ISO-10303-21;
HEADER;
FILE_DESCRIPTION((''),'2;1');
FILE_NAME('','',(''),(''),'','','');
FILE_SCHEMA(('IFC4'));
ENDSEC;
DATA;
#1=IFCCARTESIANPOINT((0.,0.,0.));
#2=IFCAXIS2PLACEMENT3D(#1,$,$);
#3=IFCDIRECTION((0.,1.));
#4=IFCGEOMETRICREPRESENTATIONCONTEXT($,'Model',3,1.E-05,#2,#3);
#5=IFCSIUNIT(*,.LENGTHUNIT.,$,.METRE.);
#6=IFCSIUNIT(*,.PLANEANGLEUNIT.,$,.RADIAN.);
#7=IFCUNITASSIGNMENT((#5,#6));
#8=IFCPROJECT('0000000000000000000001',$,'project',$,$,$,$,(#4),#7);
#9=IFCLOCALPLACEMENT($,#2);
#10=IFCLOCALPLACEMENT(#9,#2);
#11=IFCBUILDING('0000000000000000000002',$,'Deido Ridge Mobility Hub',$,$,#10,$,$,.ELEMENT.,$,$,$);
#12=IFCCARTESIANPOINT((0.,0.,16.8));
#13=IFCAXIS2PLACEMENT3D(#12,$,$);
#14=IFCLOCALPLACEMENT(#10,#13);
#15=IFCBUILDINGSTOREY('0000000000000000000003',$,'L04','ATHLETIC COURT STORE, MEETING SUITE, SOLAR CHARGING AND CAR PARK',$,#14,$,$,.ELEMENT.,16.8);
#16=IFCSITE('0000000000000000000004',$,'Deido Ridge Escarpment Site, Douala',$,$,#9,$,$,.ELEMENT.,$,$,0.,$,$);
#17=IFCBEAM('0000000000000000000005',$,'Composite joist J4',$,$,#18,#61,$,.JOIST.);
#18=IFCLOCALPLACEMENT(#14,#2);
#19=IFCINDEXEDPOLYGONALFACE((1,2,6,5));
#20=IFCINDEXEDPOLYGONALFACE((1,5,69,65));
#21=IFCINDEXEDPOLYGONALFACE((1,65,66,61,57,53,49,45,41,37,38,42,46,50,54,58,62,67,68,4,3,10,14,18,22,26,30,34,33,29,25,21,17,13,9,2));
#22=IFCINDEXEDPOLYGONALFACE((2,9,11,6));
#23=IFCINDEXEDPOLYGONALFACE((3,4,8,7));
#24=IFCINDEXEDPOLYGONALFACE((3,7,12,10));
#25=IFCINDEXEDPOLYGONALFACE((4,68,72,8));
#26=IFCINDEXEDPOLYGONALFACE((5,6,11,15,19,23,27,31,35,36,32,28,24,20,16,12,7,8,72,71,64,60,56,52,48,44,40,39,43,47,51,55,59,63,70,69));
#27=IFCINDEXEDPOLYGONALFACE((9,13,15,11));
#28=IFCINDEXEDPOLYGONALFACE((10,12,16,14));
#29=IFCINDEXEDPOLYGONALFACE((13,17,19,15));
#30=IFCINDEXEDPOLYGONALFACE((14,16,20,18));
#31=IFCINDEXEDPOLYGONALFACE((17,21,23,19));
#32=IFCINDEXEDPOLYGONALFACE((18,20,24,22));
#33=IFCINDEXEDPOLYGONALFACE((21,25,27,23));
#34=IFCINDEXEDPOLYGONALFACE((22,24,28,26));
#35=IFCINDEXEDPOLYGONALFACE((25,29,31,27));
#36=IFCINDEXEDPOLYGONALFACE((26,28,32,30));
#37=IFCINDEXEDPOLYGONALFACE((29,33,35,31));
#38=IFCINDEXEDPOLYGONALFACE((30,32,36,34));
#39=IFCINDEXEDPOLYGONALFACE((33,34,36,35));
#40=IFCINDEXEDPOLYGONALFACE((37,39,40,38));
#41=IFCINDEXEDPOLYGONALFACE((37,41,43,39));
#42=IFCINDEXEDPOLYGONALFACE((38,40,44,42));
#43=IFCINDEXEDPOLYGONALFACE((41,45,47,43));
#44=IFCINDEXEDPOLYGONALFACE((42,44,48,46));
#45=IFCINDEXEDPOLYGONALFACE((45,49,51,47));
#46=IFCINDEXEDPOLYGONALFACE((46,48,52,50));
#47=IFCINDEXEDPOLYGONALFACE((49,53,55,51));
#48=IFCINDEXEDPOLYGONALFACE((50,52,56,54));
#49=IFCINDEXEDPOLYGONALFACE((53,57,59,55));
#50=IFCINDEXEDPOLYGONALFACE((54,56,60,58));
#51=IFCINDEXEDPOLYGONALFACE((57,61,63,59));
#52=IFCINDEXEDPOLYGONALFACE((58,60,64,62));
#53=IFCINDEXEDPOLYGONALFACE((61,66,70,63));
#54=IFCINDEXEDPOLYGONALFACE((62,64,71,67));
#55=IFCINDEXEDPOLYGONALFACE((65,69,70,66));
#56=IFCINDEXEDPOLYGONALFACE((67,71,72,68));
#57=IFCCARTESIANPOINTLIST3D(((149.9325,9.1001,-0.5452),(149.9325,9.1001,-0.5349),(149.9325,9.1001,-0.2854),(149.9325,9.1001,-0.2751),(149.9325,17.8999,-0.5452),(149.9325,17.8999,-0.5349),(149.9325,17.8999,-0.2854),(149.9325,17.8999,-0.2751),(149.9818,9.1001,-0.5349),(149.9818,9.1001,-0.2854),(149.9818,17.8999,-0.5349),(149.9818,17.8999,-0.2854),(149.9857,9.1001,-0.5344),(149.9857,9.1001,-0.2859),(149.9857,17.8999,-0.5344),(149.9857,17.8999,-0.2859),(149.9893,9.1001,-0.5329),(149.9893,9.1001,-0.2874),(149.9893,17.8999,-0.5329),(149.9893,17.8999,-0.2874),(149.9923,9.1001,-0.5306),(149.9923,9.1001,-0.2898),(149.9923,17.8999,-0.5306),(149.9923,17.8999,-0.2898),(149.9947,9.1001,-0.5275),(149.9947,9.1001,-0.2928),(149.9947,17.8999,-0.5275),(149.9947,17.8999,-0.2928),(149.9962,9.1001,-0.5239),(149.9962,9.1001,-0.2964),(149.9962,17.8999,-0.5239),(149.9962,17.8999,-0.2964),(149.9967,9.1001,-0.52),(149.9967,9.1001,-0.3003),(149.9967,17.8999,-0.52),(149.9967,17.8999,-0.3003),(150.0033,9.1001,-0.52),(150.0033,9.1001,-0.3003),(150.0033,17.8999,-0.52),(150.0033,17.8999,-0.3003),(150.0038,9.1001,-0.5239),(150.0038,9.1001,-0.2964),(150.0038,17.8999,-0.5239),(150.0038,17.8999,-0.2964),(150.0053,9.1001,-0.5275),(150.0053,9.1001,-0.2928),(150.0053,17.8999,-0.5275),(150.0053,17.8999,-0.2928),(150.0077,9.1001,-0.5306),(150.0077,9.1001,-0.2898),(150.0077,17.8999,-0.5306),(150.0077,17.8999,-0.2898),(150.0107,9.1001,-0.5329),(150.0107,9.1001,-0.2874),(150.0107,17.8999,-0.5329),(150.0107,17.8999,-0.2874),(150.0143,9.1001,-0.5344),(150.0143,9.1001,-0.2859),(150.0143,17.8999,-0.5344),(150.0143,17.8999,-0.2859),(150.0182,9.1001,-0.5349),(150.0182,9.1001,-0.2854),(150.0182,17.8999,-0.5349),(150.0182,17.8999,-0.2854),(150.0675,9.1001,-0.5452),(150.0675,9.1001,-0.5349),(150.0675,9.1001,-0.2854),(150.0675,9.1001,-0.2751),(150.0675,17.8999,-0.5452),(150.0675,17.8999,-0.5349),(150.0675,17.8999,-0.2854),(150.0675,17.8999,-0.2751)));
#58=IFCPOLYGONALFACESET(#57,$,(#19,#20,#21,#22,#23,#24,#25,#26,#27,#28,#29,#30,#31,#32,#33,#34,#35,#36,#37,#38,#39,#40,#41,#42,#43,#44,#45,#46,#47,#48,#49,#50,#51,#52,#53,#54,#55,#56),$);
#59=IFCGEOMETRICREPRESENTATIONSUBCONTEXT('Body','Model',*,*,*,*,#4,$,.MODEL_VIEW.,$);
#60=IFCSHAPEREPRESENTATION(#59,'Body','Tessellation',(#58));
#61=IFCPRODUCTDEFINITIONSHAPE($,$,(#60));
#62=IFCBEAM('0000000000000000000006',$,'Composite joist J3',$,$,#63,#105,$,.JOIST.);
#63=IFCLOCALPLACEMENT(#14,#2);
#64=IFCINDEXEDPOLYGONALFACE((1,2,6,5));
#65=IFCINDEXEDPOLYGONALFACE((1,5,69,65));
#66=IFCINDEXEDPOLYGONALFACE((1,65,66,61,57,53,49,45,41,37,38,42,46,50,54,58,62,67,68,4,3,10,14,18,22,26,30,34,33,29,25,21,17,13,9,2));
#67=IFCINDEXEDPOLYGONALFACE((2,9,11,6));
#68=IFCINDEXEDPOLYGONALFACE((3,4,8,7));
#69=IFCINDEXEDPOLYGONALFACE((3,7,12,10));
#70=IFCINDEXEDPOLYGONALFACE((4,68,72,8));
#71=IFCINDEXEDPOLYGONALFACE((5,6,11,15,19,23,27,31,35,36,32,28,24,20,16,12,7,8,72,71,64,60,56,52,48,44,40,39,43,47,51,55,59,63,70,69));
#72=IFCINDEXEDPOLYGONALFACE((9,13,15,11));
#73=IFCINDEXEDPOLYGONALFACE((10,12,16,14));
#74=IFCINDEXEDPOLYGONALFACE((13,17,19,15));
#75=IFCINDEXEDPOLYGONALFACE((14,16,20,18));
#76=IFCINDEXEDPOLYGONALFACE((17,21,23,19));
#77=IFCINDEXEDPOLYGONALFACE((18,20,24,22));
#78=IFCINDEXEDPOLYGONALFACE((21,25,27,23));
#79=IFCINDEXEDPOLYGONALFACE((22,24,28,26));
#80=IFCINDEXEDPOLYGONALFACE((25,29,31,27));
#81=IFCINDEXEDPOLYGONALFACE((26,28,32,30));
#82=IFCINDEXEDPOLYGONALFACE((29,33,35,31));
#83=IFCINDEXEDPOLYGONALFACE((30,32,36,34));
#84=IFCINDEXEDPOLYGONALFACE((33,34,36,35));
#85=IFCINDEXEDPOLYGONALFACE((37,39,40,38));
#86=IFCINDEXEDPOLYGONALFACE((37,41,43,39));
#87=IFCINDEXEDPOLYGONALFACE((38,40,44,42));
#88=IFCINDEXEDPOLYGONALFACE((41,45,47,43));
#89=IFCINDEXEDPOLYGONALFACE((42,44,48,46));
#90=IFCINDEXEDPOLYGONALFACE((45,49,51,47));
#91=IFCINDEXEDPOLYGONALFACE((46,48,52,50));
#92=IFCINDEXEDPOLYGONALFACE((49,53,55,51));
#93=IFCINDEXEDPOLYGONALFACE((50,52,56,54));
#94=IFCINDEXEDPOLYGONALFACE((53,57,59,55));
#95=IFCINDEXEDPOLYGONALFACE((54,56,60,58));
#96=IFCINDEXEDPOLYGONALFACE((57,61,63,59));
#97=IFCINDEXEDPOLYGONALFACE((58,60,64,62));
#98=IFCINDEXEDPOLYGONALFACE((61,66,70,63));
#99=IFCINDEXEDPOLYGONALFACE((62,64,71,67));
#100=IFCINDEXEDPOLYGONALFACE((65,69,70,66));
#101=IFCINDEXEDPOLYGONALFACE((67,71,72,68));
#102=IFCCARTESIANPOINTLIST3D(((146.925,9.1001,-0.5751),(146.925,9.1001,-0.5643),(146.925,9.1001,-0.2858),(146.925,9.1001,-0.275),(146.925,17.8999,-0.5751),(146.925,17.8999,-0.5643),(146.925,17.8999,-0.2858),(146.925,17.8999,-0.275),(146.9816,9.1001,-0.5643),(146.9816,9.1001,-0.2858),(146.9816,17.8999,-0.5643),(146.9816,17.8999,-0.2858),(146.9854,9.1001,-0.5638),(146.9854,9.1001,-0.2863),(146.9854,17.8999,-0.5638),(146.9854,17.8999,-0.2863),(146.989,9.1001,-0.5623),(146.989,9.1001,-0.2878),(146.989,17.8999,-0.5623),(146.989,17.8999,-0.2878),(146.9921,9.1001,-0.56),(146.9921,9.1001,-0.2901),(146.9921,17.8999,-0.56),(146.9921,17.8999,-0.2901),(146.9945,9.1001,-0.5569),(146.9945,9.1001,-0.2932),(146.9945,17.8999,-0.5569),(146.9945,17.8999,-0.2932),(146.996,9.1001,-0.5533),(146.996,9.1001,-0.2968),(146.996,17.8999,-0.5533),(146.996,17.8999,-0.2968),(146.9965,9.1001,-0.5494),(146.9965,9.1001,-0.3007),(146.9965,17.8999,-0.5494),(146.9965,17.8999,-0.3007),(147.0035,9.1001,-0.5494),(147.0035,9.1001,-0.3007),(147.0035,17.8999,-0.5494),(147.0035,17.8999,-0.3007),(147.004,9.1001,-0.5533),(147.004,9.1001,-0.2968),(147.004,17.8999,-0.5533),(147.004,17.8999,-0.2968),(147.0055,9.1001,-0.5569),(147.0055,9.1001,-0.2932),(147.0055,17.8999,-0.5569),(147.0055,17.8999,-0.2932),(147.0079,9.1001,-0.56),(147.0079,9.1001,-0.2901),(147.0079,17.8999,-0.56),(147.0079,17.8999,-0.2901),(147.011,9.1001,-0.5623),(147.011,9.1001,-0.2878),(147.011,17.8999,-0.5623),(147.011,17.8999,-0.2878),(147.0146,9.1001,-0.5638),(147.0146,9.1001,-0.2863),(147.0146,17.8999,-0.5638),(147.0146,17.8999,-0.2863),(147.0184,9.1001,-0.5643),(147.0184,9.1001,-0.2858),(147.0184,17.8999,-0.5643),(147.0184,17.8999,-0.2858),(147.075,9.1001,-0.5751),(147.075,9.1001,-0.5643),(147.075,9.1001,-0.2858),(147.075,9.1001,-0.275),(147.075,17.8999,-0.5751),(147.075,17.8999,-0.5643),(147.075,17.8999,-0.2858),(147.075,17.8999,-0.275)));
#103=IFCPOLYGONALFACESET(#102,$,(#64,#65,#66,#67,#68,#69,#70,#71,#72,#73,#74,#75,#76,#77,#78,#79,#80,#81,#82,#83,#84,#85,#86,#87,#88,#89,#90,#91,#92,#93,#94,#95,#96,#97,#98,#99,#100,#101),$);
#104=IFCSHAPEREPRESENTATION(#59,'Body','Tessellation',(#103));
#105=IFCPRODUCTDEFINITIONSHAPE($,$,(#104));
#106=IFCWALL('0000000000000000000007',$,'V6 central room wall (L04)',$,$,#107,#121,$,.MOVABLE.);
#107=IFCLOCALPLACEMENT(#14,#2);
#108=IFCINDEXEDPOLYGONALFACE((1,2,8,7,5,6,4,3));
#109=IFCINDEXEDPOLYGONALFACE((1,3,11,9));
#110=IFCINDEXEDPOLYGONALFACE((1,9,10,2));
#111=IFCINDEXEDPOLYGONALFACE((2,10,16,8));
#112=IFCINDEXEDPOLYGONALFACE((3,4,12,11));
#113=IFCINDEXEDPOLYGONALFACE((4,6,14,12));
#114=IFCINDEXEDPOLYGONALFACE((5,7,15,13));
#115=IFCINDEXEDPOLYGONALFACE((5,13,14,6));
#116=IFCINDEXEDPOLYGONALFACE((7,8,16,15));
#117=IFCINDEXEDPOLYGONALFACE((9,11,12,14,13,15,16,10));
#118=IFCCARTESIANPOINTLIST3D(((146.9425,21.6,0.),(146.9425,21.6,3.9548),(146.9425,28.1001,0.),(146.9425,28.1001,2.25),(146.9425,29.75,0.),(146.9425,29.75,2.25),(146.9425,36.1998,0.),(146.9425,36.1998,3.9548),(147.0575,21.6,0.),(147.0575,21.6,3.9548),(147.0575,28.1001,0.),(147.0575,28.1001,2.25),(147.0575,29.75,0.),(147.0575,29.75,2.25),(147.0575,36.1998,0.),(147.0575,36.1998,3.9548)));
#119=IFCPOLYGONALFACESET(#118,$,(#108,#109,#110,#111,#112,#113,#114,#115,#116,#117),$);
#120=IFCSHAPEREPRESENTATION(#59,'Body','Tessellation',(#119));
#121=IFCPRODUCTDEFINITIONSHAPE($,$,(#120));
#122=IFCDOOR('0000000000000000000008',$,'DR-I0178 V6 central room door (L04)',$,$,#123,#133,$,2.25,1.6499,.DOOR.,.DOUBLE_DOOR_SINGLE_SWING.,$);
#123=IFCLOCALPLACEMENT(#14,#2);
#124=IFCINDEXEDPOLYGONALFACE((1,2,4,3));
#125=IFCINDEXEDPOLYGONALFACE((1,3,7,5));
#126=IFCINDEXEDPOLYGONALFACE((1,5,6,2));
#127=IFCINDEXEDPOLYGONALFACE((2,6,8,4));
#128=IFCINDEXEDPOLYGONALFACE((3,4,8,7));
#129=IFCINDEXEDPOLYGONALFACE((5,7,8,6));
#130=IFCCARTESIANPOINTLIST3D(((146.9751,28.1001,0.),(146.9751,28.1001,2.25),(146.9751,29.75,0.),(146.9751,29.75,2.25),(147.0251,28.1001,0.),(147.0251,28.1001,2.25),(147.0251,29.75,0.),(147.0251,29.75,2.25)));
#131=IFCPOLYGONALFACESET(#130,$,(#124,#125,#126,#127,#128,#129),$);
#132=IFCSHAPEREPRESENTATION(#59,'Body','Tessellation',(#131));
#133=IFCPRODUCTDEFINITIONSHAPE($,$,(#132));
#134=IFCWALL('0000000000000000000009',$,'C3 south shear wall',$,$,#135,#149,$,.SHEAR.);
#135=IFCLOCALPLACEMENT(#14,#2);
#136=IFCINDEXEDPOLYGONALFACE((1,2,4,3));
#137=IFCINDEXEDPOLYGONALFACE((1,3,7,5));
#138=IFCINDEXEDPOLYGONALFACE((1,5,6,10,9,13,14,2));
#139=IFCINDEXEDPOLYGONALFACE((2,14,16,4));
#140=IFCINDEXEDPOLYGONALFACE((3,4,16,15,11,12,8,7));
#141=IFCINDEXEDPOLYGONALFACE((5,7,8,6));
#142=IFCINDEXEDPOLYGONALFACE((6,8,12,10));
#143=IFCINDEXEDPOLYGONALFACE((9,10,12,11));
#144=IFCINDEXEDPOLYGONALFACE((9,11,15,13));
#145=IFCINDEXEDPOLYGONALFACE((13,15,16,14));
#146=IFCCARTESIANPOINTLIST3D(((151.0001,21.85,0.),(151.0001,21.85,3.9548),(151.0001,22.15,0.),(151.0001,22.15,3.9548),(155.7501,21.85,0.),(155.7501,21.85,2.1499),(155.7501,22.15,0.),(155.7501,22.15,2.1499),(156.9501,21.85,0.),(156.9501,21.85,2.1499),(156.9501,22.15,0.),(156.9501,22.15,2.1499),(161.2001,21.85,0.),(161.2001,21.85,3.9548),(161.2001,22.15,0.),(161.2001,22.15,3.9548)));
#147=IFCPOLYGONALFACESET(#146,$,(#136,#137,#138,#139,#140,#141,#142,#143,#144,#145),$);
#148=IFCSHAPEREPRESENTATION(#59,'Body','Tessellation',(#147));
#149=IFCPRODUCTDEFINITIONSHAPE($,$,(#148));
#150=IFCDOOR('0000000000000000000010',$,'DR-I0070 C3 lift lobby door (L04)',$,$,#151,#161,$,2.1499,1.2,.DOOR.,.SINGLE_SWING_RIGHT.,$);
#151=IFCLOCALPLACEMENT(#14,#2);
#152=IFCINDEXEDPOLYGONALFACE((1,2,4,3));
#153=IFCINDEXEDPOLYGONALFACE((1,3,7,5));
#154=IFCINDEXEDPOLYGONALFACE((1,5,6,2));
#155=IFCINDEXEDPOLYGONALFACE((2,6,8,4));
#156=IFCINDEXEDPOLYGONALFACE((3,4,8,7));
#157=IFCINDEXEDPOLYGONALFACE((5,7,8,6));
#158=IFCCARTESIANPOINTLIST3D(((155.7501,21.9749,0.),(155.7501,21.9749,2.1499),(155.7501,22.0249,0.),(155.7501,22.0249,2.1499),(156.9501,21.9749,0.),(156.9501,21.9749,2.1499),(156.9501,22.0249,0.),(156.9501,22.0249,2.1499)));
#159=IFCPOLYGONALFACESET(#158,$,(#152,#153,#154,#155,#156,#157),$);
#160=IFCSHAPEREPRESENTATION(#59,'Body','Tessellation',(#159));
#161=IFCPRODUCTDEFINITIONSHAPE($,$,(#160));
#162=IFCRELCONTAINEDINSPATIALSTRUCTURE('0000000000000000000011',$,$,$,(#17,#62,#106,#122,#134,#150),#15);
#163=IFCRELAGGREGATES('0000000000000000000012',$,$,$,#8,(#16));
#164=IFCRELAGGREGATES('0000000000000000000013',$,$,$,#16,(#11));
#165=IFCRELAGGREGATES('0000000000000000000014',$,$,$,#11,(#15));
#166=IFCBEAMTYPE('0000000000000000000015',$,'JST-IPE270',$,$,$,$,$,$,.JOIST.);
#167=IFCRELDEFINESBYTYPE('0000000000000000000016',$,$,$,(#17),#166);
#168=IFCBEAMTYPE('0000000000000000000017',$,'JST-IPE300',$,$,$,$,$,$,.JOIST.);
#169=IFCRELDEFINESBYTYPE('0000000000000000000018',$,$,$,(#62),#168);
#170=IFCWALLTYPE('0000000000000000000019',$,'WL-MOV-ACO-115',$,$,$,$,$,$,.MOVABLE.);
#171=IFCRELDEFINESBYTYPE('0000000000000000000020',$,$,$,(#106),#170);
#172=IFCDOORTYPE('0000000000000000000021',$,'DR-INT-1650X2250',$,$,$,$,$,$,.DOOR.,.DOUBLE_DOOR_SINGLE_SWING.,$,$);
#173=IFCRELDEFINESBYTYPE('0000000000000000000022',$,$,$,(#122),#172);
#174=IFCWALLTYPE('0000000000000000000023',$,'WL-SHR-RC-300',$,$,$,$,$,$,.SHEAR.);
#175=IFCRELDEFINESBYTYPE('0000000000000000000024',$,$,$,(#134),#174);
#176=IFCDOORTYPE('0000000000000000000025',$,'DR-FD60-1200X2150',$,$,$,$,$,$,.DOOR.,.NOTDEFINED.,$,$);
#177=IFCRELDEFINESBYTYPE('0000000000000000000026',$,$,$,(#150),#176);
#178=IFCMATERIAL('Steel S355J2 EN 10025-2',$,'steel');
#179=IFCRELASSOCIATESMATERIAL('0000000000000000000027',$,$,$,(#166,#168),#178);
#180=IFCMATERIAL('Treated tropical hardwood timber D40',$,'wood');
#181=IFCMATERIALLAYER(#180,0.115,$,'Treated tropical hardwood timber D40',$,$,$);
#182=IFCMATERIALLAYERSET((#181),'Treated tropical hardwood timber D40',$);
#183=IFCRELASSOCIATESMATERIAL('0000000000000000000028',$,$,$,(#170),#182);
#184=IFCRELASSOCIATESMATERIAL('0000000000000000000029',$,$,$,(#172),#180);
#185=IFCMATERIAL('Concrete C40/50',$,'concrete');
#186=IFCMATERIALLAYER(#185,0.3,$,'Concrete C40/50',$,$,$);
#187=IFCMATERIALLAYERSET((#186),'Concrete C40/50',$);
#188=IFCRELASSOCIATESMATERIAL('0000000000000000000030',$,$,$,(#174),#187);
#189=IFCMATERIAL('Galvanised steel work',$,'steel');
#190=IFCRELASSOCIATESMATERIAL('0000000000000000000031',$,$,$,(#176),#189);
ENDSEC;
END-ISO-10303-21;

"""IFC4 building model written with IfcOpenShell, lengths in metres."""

from ifc_helpers import new_model, si_unit, direction, frame, frame_2d, origin, origin_2d, place, context, subcontext, project, spatial, rectangle, i_section, extrude, material, layer, layer_set, material_profile, profile_set, type_object, element, fill, save


model = new_model("IFC4")

# Units and contexts
model_context = context("Model", 3, precision=1e-05, world=origin(), true_north=direction((0.0, 1.0)))
body_context = subcontext(model_context, "Body", "Model", "MODEL_VIEW")
ifc_project = project(units=[si_unit("LENGTHUNIT", "METRE"), si_unit("PLANEANGLEUNIT", "RADIAN")], contexts=[model_context])

# Site, building, storey
site_placement = place(None, origin())
site = spatial("IfcSite", under=ifc_project, at=site_placement, Name="Deido Ridge Escarpment Site, Douala", CompositionType="ELEMENT", RefElevation=0.0)
building_placement = place(site_placement, origin())
building = spatial("IfcBuilding", under=site, at=building_placement, Name="Deido Ridge Mobility Hub", CompositionType="ELEMENT")
storey_placement = place(building_placement, frame((0.0, 0.0, 16.8)))
storey = spatial("IfcBuildingStorey", under=building, at=storey_placement, Name="L04", Description="ATHLETIC COURT STORE, MEETING SUITE, SOLAR CHARGING AND CAR PARK", CompositionType="ELEMENT", Elevation=16.8)

# Shared definitions
ifc_material_1 = material(Name="Steel S355J2 EN 10025-2", Category="steel")

# Beams
ifc_material_profile_1 = material_profile(ifc_material_1, i_section(OverallWidth=0.135, OverallDepth=0.27, WebThickness=0.0066, FlangeThickness=0.0103, FilletRadius=0.0149, at=origin_2d()), Name="IPE 270")
ifc_profile_set_1 = profile_set([ifc_material_profile_1], Name="Steel S355J2 EN 10025-2")
beam_type_1 = type_object("IfcBeamType", Name="JST-IPE270", PredefinedType="JOIST", material=ifc_profile_set_1)
beam_1_placement = place(storey_placement, frame((150.0, 9.1001, -0.4102), z_axis=(0.0, 1.0, 0.0), x_axis=(-1.0, 0.0, 0.0)))
element("IfcBeam", 1, at=beam_1_placement, inside=storey, type_object=beam_type_1, Name="Composite joist J4", PredefinedType="JOIST", context=body_context, shape_type="SweptSolid", body=[
    extrude(i_section(OverallWidth=0.135, OverallDepth=0.27, WebThickness=0.0066, FlangeThickness=0.0103, FilletRadius=0.0149, at=origin_2d()), origin(), (0.0, 0.0, 1.0), 8.7998),
])
ifc_material_profile_2 = material_profile(ifc_material_1, i_section(OverallWidth=0.1499, OverallDepth=0.3, WebThickness=0.0071, FlangeThickness=0.0107, FilletRadius=0.0149, at=origin_2d()), Name="IPE 300")
ifc_profile_set_2 = profile_set([ifc_material_profile_2], Name="Steel S355J2 EN 10025-2")
beam_type_2 = type_object("IfcBeamType", Name="JST-IPE300", PredefinedType="JOIST", material=ifc_profile_set_2)
beam_2_placement = place(storey_placement, frame((147.0, 9.1001, -0.425), z_axis=(0.0, 1.0, 0.0), x_axis=(-1.0, 0.0, 0.0)))
element("IfcBeam", 2, at=beam_2_placement, inside=storey, type_object=beam_type_2, Name="Composite joist J3", PredefinedType="JOIST", context=body_context, shape_type="SweptSolid", body=[
    extrude(i_section(OverallWidth=0.1499, OverallDepth=0.3, WebThickness=0.0071, FlangeThickness=0.0107, FilletRadius=0.0149, at=origin_2d()), origin(), (0.0, 0.0, 1.0), 8.7998),
])

# Walls, openings, doors
ifc_material_2 = material(Name="Treated tropical hardwood timber D40", Category="wood")
ifc_layer_1 = layer(ifc_material_2, 0.115, Name="Treated tropical hardwood timber D40")
ifc_layer_set_1 = layer_set([ifc_layer_1], Name="Treated tropical hardwood timber D40")
wall_type_1 = type_object("IfcWallType", Name="WL-MOV-ACO-115", PredefinedType="MOVABLE", material=ifc_layer_set_1)
wall_1_placement = place(storey_placement, frame((147.0, 21.6001, 0.0), z_axis=(0.0, 0.0, 1.0), x_axis=(0.0, 1.0, 0.0)))
wall_1 = element("IfcWall", 3, at=wall_1_placement, inside=storey, type_object=wall_type_1, Name="V6 central room wall (L04)", PredefinedType="MOVABLE", context=body_context, shape_type="SweptSolid", body=[
    extrude(rectangle(XDim=14.5999, YDim=0.115, at=frame_2d((7.2998, 0.0))), origin(), (0.0, 0.0, 1.0), 3.9548),
])
opening_1_placement = place(wall_1_placement, frame((6.5, 0.0, 0.0)))
opening_1 = element("IfcOpeningElement", 4, at=opening_1_placement, cuts=wall_1, PredefinedType="OPENING", context=body_context, shape_type="SweptSolid", body=[
    extrude(rectangle(XDim=1.6499, YDim=2.25, at=frame_2d((0.825, 1.125))), frame((0.0, 0.0674, 0.0), z_axis=(0.0, -1.0, 0.0), x_axis=(1.0, 0.0, 0.0)), (0.0, 0.0, 1.0), 0.135),
])
door_type_1 = type_object("IfcDoorType", Name="DR-INT-1650X2250", OperationType="DOUBLE_DOOR_SINGLE_SWING", PredefinedType="DOOR", material=ifc_material_2)
door_1_placement = place(opening_1_placement, origin())
door_1 = element("IfcDoor", 5, at=door_1_placement, inside=storey, type_object=door_type_1, Name="DR-I0178 V6 central room door (L04)", OperationType="DOUBLE_DOOR_SINGLE_SWING", OverallHeight=2.25, OverallWidth=1.6499, PredefinedType="DOOR", context=body_context, shape_type="SweptSolid", body=[
    extrude(rectangle(XDim=1.6499, YDim=2.25, at=frame_2d((0.825, 1.125))), frame((0.0, 0.0249, 0.0), z_axis=(0.0, -1.0, 0.0), x_axis=(1.0, 0.0, 0.0)), (0.0, 0.0, 1.0), 0.05),
])
fill(opening_1, door_1)
ifc_material_3 = material(Name="Concrete C40/50", Category="concrete")
ifc_layer_2 = layer(ifc_material_3, 0.3, Name="Concrete C40/50")
ifc_layer_set_2 = layer_set([ifc_layer_2], Name="Concrete C40/50")
wall_type_2 = type_object("IfcWallType", Name="WL-SHR-RC-300", PredefinedType="SHEAR", material=ifc_layer_set_2)
wall_2_placement = place(storey_placement, frame((151.0, 22.0, 0.0), z_axis=(0.0, 0.0, 1.0), x_axis=(1.0, 0.0, 0.0)))
wall_2 = element("IfcWall", 6, at=wall_2_placement, inside=storey, type_object=wall_type_2, Name="C3 south shear wall", PredefinedType="SHEAR", context=body_context, shape_type="SweptSolid", body=[
    extrude(rectangle(XDim=10.2, YDim=0.3, at=frame_2d((5.1001, 0.0))), origin(), (0.0, 0.0, 1.0), 3.9548),
])
opening_2_placement = place(wall_2_placement, frame((4.75, 0.0, 0.0)))
opening_2 = element("IfcOpeningElement", 7, at=opening_2_placement, cuts=wall_2, PredefinedType="OPENING", context=body_context, shape_type="SweptSolid", body=[
    extrude(rectangle(XDim=1.2, YDim=2.1499, at=frame_2d((0.6001, 1.075))), frame((0.0, 0.1602, 0.0), z_axis=(0.0, -1.0, 0.0), x_axis=(1.0, 0.0, 0.0)), (0.0, 0.0, 1.0), 0.3201),
])
ifc_material_4 = material(Name="Galvanised steel work", Category="steel")
door_type_2 = type_object("IfcDoorType", Name="DR-FD60-1200X2150", OperationType="NOTDEFINED", PredefinedType="DOOR", material=ifc_material_4)
door_2_placement = place(opening_2_placement, origin())
door_2 = element("IfcDoor", 8, at=door_2_placement, inside=storey, type_object=door_type_2, Name="DR-I0070 C3 lift lobby door (L04)", OperationType="SINGLE_SWING_RIGHT", OverallHeight=2.1499, OverallWidth=1.2, PredefinedType="DOOR", context=body_context, shape_type="SweptSolid", body=[
    extrude(rectangle(XDim=1.2, YDim=2.1499, at=frame_2d((0.6001, 1.075))), frame((0.0, 0.0249, 0.0), z_axis=(0.0, -1.0, 0.0), x_axis=(1.0, 0.0, 0.0)), (0.0, 0.0, 1.0), 0.05),
])
fill(opening_2, door_2)

save(model, "model.ifc")
